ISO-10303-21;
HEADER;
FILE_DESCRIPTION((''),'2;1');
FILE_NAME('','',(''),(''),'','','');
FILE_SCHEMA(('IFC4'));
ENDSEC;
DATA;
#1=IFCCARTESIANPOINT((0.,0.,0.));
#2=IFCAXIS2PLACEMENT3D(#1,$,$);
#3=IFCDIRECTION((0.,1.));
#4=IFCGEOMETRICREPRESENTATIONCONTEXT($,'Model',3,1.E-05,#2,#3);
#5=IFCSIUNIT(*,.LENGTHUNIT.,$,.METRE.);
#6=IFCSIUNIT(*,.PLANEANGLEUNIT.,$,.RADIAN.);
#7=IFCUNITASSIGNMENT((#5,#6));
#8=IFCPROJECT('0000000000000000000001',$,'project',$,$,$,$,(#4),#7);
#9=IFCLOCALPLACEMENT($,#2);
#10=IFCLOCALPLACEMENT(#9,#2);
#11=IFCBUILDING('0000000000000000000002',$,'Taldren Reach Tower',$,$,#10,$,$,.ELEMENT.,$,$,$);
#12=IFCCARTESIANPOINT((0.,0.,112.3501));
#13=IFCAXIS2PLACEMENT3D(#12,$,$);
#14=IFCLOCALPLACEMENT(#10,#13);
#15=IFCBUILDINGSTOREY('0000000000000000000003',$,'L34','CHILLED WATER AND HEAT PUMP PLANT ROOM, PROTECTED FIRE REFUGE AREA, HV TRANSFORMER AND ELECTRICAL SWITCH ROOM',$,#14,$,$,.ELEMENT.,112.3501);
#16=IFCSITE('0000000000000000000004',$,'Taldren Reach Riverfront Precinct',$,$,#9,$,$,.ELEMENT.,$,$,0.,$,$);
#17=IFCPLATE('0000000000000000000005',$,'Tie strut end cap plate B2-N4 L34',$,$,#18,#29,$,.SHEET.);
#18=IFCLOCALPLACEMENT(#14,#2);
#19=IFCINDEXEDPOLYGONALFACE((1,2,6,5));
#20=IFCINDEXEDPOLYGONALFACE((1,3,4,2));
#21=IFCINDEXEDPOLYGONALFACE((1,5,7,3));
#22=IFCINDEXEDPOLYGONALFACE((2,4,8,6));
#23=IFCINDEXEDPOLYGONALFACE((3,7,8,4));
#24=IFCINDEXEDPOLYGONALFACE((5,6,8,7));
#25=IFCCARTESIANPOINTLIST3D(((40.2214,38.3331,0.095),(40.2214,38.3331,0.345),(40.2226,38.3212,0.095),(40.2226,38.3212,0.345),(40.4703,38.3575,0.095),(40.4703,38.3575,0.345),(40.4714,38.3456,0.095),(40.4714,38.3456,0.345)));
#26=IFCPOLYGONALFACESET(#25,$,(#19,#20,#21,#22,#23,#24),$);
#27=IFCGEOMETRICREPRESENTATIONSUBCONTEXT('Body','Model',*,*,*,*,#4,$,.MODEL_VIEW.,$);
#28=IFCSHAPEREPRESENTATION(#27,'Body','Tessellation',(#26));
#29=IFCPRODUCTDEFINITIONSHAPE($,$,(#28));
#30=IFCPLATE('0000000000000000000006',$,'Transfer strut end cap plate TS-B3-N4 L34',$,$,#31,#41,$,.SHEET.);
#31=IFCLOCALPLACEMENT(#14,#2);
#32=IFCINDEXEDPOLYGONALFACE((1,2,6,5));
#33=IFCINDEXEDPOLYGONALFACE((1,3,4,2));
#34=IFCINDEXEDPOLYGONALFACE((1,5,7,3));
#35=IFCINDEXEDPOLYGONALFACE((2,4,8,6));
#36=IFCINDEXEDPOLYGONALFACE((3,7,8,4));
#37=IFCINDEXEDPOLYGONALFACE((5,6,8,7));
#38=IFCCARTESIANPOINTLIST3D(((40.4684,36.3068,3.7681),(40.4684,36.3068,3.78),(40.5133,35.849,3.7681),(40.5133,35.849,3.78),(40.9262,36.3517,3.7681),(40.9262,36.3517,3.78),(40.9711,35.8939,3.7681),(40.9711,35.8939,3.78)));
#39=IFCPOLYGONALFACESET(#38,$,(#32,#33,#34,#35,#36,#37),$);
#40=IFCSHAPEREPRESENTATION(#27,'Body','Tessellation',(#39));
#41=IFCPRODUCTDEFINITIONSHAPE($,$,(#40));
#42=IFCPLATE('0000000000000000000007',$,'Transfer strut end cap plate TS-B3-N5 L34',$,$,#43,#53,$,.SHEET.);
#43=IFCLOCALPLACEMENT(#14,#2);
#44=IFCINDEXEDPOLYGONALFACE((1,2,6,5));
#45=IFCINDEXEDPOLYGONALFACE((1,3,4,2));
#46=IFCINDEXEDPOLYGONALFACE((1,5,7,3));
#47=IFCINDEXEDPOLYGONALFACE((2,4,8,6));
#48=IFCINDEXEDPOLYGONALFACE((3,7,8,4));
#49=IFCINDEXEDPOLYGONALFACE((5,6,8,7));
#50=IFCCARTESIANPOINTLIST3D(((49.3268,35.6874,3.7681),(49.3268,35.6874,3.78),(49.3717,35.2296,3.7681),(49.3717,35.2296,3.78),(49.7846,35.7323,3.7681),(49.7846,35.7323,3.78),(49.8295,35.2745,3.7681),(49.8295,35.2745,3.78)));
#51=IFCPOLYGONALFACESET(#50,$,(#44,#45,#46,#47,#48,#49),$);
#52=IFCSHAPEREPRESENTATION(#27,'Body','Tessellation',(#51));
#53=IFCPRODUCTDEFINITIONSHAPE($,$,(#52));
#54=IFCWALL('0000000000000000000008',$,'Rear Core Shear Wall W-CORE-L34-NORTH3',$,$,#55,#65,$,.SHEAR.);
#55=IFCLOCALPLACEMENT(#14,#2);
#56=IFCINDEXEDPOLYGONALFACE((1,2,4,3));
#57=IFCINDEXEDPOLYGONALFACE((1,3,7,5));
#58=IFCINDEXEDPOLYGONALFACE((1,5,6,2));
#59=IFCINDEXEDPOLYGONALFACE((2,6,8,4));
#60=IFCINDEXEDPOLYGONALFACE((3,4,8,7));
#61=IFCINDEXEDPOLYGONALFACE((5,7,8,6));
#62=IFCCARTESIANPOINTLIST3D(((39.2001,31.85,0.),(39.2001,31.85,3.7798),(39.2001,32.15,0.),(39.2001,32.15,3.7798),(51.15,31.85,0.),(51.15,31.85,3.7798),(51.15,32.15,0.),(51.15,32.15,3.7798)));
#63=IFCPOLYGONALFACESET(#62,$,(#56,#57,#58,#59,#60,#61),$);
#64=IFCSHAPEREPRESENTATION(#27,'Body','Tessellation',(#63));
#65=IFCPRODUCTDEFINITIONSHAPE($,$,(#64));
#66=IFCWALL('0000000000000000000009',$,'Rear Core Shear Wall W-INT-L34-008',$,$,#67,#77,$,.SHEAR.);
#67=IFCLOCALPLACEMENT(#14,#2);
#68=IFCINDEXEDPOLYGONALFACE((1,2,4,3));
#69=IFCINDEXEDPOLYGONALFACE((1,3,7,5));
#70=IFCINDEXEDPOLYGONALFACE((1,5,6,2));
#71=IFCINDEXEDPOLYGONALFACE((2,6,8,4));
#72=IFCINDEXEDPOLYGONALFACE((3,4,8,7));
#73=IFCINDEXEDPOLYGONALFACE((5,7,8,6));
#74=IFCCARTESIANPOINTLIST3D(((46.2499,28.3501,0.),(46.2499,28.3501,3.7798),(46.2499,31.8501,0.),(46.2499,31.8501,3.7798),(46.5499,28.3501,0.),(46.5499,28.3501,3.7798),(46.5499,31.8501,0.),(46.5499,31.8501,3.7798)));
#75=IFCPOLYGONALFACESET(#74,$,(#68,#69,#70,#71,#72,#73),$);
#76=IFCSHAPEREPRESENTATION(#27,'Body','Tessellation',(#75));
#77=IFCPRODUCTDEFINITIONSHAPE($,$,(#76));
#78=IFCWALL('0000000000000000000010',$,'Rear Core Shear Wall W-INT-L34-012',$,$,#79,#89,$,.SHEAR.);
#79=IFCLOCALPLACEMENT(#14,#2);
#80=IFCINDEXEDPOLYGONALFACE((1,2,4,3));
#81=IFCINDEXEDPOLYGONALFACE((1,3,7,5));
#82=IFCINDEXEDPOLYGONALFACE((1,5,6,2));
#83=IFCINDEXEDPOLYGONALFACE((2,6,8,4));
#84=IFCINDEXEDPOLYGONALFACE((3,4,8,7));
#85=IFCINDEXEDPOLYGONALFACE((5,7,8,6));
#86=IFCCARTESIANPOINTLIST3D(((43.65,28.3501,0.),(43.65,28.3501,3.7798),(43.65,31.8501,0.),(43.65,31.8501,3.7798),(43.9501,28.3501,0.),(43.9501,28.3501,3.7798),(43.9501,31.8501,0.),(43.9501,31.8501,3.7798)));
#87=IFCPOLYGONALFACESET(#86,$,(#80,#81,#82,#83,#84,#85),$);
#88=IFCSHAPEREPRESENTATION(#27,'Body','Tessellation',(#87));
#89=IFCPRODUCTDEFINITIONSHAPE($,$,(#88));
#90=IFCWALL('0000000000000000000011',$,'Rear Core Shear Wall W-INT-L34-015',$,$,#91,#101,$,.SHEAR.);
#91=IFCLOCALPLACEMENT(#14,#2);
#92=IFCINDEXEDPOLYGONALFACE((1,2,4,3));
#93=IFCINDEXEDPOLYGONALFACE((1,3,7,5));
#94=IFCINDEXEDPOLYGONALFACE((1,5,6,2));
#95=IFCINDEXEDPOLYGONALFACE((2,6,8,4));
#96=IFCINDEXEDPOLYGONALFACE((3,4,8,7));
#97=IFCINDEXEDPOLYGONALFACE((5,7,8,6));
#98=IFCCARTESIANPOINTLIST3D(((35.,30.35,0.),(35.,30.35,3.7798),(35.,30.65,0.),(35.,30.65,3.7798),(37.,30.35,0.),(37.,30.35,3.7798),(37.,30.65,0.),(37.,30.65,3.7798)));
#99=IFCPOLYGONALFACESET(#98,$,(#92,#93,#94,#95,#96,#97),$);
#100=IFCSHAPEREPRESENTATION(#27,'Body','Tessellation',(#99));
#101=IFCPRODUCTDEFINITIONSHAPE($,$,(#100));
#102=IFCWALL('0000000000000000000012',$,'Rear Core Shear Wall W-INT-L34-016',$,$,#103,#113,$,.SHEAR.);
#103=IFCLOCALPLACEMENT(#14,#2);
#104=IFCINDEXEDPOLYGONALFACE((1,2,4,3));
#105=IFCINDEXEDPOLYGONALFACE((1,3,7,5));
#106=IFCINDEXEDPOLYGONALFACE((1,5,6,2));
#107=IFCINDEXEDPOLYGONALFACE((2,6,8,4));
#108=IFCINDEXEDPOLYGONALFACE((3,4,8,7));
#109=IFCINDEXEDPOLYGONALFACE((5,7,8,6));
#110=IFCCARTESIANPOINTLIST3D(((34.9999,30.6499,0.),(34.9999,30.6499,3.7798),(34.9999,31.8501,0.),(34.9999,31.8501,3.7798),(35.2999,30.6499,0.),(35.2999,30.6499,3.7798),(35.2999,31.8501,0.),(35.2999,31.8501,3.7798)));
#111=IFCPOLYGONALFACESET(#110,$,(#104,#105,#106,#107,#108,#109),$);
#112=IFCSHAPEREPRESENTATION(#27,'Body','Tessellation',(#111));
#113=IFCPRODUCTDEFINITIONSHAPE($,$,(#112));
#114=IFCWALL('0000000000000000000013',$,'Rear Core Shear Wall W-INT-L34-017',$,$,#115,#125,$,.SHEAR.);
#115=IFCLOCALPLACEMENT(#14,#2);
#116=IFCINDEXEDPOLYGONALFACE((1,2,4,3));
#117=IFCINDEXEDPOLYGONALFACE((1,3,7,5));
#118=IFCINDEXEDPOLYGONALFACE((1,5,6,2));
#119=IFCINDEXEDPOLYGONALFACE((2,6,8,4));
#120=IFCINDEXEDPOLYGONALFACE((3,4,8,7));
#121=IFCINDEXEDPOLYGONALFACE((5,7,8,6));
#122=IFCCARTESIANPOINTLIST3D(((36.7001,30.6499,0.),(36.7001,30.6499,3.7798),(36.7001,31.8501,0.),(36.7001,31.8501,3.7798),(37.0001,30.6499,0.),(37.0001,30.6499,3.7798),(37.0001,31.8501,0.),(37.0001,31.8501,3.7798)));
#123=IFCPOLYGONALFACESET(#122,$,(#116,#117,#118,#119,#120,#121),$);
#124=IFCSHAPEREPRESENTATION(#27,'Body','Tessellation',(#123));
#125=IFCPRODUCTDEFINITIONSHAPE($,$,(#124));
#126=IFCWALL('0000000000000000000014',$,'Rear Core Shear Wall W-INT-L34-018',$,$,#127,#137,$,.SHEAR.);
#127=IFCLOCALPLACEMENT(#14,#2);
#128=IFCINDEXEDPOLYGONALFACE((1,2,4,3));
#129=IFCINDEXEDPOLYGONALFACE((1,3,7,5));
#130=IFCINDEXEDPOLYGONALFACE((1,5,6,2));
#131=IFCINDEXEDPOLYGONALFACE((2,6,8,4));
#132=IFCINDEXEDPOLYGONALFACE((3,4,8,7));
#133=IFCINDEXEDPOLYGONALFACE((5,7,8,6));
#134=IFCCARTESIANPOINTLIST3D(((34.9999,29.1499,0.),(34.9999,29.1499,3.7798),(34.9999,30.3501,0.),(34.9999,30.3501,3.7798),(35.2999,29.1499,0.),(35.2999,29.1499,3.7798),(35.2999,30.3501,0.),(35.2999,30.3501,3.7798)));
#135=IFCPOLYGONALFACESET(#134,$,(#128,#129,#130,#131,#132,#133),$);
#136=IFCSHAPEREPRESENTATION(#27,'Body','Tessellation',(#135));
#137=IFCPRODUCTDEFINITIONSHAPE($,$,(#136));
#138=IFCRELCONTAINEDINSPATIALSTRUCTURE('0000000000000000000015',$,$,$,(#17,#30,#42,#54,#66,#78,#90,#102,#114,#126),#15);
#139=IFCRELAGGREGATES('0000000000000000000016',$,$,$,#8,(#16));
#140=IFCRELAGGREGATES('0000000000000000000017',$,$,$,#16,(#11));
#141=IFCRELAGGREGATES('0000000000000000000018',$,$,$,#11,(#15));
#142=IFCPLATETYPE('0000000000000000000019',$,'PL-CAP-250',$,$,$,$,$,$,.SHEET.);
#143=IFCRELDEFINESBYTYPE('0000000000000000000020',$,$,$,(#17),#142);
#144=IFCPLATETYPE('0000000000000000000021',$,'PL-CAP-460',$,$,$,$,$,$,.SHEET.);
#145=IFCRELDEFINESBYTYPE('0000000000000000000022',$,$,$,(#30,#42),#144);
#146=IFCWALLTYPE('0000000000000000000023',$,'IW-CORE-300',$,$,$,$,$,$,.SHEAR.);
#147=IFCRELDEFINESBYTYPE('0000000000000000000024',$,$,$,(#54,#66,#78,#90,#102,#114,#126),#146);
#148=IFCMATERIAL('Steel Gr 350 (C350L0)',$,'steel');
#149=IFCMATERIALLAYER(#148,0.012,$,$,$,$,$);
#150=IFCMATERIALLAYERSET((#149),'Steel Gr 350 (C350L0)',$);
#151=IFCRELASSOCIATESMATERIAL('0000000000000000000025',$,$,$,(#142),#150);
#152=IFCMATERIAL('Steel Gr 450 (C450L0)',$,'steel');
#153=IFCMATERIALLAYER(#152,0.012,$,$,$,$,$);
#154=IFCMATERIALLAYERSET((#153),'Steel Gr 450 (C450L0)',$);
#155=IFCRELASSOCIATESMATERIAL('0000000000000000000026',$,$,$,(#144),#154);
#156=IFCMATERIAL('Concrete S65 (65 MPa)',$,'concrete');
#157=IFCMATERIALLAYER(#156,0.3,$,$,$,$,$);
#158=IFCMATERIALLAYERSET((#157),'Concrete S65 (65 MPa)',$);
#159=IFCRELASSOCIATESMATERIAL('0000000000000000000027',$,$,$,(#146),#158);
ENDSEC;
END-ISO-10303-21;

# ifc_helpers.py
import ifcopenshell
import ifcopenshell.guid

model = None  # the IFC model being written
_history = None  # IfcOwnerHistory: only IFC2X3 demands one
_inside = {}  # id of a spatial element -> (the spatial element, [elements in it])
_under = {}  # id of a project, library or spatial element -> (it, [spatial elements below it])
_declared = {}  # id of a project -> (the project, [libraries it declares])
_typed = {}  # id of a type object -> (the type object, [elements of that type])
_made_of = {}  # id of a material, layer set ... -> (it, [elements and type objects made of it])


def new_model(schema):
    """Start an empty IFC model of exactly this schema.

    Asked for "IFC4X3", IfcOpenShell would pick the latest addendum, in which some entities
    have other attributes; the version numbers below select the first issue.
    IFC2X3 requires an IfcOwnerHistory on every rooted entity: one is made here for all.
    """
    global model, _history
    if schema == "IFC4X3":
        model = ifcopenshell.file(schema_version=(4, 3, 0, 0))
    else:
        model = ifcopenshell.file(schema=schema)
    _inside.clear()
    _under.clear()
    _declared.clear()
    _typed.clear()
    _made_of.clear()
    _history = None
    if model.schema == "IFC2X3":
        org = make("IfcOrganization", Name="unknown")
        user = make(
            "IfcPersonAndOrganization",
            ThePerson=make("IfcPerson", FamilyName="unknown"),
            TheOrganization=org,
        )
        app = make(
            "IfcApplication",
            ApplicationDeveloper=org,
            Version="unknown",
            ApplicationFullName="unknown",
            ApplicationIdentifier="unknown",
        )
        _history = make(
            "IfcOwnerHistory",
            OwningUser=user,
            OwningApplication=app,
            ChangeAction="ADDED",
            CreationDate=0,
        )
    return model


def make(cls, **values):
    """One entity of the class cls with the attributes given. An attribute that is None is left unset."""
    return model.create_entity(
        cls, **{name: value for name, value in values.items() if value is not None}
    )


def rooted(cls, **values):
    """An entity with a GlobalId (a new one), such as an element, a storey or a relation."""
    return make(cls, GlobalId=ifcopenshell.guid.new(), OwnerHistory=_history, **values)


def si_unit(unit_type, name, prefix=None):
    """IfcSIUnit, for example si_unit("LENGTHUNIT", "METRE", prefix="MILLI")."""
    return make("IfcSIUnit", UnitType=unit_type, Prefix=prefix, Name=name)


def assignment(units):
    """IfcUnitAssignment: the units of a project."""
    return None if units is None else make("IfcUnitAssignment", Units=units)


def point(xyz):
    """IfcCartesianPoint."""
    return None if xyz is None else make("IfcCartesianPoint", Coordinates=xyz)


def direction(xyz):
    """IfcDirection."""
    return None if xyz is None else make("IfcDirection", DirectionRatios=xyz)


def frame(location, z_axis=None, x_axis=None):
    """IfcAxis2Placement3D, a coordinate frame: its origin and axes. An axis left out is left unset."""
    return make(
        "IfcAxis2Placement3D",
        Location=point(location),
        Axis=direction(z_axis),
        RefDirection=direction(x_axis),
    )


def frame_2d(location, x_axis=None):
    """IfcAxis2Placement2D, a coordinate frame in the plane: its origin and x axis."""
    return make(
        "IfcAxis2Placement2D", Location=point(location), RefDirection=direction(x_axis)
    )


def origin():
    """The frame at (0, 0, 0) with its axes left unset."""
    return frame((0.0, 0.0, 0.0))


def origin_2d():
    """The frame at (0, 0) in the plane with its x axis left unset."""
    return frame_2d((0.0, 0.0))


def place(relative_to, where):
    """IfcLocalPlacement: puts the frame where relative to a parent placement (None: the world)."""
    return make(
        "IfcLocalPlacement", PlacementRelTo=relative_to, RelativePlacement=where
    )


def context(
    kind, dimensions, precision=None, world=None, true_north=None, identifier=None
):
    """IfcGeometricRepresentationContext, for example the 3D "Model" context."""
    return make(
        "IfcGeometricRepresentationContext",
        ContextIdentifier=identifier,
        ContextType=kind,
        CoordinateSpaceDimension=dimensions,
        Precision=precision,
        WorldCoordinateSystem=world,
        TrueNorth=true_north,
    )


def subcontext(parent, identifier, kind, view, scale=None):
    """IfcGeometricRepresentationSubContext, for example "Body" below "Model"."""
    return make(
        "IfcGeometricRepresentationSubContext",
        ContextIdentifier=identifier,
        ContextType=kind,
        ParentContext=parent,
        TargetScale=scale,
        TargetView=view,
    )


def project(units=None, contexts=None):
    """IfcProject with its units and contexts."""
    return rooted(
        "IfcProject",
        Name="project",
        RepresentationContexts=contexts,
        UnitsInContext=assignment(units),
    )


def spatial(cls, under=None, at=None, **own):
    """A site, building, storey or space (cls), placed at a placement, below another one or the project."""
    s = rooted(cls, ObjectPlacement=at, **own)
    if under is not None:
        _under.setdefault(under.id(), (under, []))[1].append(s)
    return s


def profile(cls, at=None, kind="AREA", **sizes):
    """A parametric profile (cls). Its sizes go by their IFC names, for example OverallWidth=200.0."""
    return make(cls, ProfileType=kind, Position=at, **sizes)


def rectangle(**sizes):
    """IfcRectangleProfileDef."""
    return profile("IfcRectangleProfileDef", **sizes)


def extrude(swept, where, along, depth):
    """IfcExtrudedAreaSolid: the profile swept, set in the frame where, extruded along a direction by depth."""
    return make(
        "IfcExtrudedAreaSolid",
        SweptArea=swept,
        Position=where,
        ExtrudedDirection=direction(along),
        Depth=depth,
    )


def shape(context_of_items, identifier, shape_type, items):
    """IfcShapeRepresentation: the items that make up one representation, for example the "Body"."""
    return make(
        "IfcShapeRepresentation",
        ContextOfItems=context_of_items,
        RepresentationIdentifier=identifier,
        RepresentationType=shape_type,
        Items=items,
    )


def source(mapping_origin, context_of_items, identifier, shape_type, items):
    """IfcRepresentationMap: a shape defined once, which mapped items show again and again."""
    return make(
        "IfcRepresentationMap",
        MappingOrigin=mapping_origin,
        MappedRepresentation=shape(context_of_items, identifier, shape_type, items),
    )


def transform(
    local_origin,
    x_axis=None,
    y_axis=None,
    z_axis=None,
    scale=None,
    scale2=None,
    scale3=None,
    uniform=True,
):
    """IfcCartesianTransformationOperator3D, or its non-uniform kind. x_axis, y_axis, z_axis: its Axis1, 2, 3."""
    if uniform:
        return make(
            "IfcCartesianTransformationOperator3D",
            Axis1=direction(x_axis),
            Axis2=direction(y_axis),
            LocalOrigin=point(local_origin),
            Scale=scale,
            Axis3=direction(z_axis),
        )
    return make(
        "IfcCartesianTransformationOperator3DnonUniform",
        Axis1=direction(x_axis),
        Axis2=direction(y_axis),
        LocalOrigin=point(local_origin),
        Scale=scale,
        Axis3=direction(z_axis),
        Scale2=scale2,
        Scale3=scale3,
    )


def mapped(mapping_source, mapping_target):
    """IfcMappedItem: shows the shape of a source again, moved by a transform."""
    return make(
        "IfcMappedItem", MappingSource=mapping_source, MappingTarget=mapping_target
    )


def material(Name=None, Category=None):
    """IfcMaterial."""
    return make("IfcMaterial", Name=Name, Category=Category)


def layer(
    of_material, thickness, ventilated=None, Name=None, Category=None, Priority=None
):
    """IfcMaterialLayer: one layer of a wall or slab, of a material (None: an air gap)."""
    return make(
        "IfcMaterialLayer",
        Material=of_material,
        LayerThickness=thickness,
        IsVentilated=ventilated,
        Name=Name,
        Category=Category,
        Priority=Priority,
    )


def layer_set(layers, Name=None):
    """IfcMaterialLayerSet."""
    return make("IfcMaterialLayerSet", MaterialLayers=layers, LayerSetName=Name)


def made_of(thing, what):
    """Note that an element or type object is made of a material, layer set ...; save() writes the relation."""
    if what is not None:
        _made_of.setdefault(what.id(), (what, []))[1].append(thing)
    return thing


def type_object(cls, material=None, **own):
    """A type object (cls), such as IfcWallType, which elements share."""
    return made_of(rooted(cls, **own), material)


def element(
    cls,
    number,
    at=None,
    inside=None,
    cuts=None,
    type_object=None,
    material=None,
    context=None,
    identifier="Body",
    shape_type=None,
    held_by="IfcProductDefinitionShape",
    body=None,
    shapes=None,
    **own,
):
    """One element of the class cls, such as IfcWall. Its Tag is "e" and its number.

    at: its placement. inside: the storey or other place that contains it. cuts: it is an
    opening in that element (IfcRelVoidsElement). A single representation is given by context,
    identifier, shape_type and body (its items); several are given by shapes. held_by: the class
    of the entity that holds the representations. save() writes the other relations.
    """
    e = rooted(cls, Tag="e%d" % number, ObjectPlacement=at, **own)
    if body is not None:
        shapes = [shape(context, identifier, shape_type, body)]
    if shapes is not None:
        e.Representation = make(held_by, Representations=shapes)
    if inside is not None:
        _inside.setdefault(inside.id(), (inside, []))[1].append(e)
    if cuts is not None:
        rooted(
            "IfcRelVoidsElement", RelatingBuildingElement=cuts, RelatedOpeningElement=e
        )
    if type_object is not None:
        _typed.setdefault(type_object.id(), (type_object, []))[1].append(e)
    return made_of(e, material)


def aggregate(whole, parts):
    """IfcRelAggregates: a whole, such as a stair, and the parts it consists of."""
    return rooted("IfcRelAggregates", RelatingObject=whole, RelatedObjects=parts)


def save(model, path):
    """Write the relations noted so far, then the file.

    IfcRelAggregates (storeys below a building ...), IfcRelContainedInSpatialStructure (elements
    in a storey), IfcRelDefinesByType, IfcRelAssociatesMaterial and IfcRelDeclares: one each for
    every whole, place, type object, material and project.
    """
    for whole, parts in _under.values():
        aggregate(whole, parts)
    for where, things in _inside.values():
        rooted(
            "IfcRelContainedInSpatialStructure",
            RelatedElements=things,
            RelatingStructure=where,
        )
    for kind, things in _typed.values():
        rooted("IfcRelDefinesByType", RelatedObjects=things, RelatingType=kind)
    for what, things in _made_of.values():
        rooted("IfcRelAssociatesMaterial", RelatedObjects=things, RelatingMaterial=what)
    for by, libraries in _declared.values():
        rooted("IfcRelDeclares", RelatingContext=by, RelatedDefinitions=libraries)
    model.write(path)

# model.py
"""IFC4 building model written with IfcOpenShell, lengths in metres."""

from ifc_helpers import new_model, si_unit, direction, frame, frame_2d, origin, origin_2d, place, context, subcontext, project, spatial, rectangle, extrude, source, transform, mapped, material, layer, layer_set, type_object, element, save


model = new_model("IFC4")

# Units and contexts
model_context = context("Model", 3, precision=1e-05, world=origin(), true_north=direction((0.0, 1.0)))
body_context = subcontext(model_context, "Body", "Model", "MODEL_VIEW")
ifc_project = project(units=[si_unit("LENGTHUNIT", "METRE"), si_unit("PLANEANGLEUNIT", "RADIAN")], contexts=[model_context])

# Site, building, storey
site_placement = place(None, origin())
site = spatial("IfcSite", under=ifc_project, at=site_placement, Name="Taldren Reach Riverfront Precinct", CompositionType="ELEMENT", RefElevation=0.0)
building_placement = place(site_placement, origin())
building = spatial("IfcBuilding", under=site, at=building_placement, Name="Taldren Reach Tower", CompositionType="ELEMENT")
storey_placement = place(building_placement, frame((0.0, 0.0, 112.3501)))
storey = spatial("IfcBuildingStorey", under=building, at=storey_placement, Name="L34", Description="CHILLED WATER AND HEAT PUMP PLANT ROOM, PROTECTED FIRE REFUGE AREA, HV TRANSFORMER AND ELECTRICAL SWITCH ROOM", CompositionType="ELEMENT", Elevation=112.3501)

# Shared definitions
ifc_material_1 = material(Name="Concrete S65 (65 MPa)", Category="concrete")

# Shared definitions
ifc_material_2 = material(Name="Steel Gr 450 (C450L0)", Category="steel")
ifc_material_3 = material(Name="Steel Gr 350 (C350L0)", Category="steel")

# Plates
ifc_layer_1 = layer(ifc_material_3, 0.012)
ifc_layer_set_1 = layer_set([ifc_layer_1], Name="Steel Gr 350 (C350L0)")
plate_type_1 = type_object("IfcPlateType", Name="PL-CAP-250", PredefinedType="SHEET", material=ifc_layer_set_1)
shared_shape_1 = source(origin(), body_context, "Body", "SweptSolid", [
    extrude(rectangle(XDim=0.25, YDim=0.012, at=origin_2d()), origin(), (0.0, 0.0, 1.0), 0.25),
])
plate_1_placement = place(storey_placement, frame((40.3464, 38.3394, 0.095), z_axis=(0.0, 0.0, 1.0), x_axis=(0.995227, 0.097583, 0.0)))
element("IfcPlate", 1, at=plate_1_placement, inside=storey, type_object=plate_type_1, Name="Tie strut end cap plate B2-N4 L34", PredefinedType="SHEET", context=body_context, shape_type="MappedRepresentation", body=[
    mapped(shared_shape_1, transform((0.0, 0.0, 0.0), scale=1.0)),
])
ifc_layer_2 = layer(ifc_material_2, 0.012)
ifc_layer_set_2 = layer_set([ifc_layer_2], Name="Steel Gr 450 (C450L0)")
plate_type_2 = type_object("IfcPlateType", Name="PL-CAP-460", PredefinedType="SHEET", material=ifc_layer_set_2)
shared_shape_2 = source(origin(), body_context, "Body", "SweptSolid", [
    extrude(rectangle(XDim=0.46, YDim=0.46, at=origin_2d()), origin(), (0.0, 0.0, 1.0), 0.012),
])
for number, where, z_axis, x_axis, name in (
    (2, (40.7197, 36.1003, 3.7681), (0.0, 0.0, 1.0), (0.995227, 0.097583, 0.0), "Transfer strut end cap plate TS-B3-N4 L34"),
    (3, (49.5781, 35.481, 3.7681), (0.0, 0.0, 1.0), (0.995227, 0.097583, 0.0), "Transfer strut end cap plate TS-B3-N5 L34"),
):
    element("IfcPlate", number, at=place(storey_placement, frame(where, z_axis=z_axis, x_axis=x_axis)), inside=storey, type_object=plate_type_2, Name=name, PredefinedType="SHEET", context=body_context, shape_type="MappedRepresentation", body=[
        mapped(shared_shape_2, transform((0.0, 0.0, 0.0), scale=1.0)),
    ])

# Walls
ifc_layer_3 = layer(ifc_material_1, 0.3)
ifc_layer_set_3 = layer_set([ifc_layer_3], Name="Concrete S65 (65 MPa)")
wall_type = type_object("IfcWallType", Name="IW-CORE-300", PredefinedType="SHEAR", material=ifc_layer_set_3)
shared_shape_3 = source(origin(), body_context, "Body", "SweptSolid", [
    extrude(rectangle(XDim=11.95, YDim=0.3, at=frame_2d((5.9751, 0.0))), origin(), (0.0, 0.0, 1.0), 3.7798),
])
wall_1_placement = place(storey_placement, frame((39.2, 32.0, 0.0), z_axis=(0.0, 0.0, 1.0), x_axis=(1.0, 0.0, 0.0)))
element("IfcWall", 4, at=wall_1_placement, inside=storey, type_object=wall_type, Name="Rear Core Shear Wall W-CORE-L34-NORTH3", PredefinedType="SHEAR", context=body_context, shape_type="MappedRepresentation", body=[
    mapped(shared_shape_3, transform((0.0, 0.0, 0.0), scale=1.0)),
])
shared_shape_4 = source(origin(), body_context, "Body", "SweptSolid", [
    extrude(rectangle(XDim=3.5, YDim=0.3, at=frame_2d((1.75, 0.0))), origin(), (0.0, 0.0, 1.0), 3.7798),
])
for number, where, z_axis, x_axis, name in (
    (5, (46.3999, 31.8501, 0.0), (0.0, 0.0, 1.0), (0.0, -1.0, 0.0), "Rear Core Shear Wall W-INT-L34-008"),
    (6, (43.8, 31.8501, 0.0), (0.0, 0.0, 1.0), (0.0, -1.0, 0.0), "Rear Core Shear Wall W-INT-L34-012"),
):
    element("IfcWall", number, at=place(storey_placement, frame(where, z_axis=z_axis, x_axis=x_axis)), inside=storey, type_object=wall_type, Name=name, PredefinedType="SHEAR", context=body_context, shape_type="MappedRepresentation", body=[
        mapped(shared_shape_4, transform((0.0, 0.0, 0.0), scale=1.0)),
    ])
shared_shape_5 = source(origin(), body_context, "Body", "SweptSolid", [
    extrude(rectangle(XDim=2.0, YDim=0.3, at=frame_2d((1.0, 0.0))), origin(), (0.0, 0.0, 1.0), 3.7798),
])
wall_2_placement = place(storey_placement, frame((35.0, 30.5, 0.0), z_axis=(0.0, 0.0, 1.0), x_axis=(1.0, 0.0, 0.0)))
element("IfcWall", 7, at=wall_2_placement, inside=storey, type_object=wall_type, Name="Rear Core Shear Wall W-INT-L34-015", PredefinedType="SHEAR", context=body_context, shape_type="MappedRepresentation", body=[
    mapped(shared_shape_5, transform((0.0, 0.0, 0.0), scale=1.0)),
])
shared_shape_6 = source(origin(), body_context, "Body", "SweptSolid", [
    extrude(rectangle(XDim=1.2002, YDim=0.3, at=frame_2d((0.6001, 0.0))), origin(), (0.0, 0.0, 1.0), 3.7798),
])
for number, where, z_axis, x_axis, name in (
    (8, (35.1499, 31.8501, 0.0), (0.0, 0.0, 1.0), (0.0, -1.0, 0.0), "Rear Core Shear Wall W-INT-L34-016"),
    (9, (36.8501, 30.6499, 0.0), (0.0, 0.0, 1.0), (0.0, 1.0, 0.0), "Rear Core Shear Wall W-INT-L34-017"),
    (10, (35.1499, 30.3501, 0.0), (0.0, 0.0, 1.0), (0.0, -1.0, 0.0), "Rear Core Shear Wall W-INT-L34-018"),
):
    element("IfcWall", number, at=place(storey_placement, frame(where, z_axis=z_axis, x_axis=x_axis)), inside=storey, type_object=wall_type, Name=name, PredefinedType="SHEAR", context=body_context, shape_type="MappedRepresentation", body=[
        mapped(shared_shape_6, transform((0.0, 0.0, 0.0), scale=1.0)),
    ])

save(model, "model.ifc")
